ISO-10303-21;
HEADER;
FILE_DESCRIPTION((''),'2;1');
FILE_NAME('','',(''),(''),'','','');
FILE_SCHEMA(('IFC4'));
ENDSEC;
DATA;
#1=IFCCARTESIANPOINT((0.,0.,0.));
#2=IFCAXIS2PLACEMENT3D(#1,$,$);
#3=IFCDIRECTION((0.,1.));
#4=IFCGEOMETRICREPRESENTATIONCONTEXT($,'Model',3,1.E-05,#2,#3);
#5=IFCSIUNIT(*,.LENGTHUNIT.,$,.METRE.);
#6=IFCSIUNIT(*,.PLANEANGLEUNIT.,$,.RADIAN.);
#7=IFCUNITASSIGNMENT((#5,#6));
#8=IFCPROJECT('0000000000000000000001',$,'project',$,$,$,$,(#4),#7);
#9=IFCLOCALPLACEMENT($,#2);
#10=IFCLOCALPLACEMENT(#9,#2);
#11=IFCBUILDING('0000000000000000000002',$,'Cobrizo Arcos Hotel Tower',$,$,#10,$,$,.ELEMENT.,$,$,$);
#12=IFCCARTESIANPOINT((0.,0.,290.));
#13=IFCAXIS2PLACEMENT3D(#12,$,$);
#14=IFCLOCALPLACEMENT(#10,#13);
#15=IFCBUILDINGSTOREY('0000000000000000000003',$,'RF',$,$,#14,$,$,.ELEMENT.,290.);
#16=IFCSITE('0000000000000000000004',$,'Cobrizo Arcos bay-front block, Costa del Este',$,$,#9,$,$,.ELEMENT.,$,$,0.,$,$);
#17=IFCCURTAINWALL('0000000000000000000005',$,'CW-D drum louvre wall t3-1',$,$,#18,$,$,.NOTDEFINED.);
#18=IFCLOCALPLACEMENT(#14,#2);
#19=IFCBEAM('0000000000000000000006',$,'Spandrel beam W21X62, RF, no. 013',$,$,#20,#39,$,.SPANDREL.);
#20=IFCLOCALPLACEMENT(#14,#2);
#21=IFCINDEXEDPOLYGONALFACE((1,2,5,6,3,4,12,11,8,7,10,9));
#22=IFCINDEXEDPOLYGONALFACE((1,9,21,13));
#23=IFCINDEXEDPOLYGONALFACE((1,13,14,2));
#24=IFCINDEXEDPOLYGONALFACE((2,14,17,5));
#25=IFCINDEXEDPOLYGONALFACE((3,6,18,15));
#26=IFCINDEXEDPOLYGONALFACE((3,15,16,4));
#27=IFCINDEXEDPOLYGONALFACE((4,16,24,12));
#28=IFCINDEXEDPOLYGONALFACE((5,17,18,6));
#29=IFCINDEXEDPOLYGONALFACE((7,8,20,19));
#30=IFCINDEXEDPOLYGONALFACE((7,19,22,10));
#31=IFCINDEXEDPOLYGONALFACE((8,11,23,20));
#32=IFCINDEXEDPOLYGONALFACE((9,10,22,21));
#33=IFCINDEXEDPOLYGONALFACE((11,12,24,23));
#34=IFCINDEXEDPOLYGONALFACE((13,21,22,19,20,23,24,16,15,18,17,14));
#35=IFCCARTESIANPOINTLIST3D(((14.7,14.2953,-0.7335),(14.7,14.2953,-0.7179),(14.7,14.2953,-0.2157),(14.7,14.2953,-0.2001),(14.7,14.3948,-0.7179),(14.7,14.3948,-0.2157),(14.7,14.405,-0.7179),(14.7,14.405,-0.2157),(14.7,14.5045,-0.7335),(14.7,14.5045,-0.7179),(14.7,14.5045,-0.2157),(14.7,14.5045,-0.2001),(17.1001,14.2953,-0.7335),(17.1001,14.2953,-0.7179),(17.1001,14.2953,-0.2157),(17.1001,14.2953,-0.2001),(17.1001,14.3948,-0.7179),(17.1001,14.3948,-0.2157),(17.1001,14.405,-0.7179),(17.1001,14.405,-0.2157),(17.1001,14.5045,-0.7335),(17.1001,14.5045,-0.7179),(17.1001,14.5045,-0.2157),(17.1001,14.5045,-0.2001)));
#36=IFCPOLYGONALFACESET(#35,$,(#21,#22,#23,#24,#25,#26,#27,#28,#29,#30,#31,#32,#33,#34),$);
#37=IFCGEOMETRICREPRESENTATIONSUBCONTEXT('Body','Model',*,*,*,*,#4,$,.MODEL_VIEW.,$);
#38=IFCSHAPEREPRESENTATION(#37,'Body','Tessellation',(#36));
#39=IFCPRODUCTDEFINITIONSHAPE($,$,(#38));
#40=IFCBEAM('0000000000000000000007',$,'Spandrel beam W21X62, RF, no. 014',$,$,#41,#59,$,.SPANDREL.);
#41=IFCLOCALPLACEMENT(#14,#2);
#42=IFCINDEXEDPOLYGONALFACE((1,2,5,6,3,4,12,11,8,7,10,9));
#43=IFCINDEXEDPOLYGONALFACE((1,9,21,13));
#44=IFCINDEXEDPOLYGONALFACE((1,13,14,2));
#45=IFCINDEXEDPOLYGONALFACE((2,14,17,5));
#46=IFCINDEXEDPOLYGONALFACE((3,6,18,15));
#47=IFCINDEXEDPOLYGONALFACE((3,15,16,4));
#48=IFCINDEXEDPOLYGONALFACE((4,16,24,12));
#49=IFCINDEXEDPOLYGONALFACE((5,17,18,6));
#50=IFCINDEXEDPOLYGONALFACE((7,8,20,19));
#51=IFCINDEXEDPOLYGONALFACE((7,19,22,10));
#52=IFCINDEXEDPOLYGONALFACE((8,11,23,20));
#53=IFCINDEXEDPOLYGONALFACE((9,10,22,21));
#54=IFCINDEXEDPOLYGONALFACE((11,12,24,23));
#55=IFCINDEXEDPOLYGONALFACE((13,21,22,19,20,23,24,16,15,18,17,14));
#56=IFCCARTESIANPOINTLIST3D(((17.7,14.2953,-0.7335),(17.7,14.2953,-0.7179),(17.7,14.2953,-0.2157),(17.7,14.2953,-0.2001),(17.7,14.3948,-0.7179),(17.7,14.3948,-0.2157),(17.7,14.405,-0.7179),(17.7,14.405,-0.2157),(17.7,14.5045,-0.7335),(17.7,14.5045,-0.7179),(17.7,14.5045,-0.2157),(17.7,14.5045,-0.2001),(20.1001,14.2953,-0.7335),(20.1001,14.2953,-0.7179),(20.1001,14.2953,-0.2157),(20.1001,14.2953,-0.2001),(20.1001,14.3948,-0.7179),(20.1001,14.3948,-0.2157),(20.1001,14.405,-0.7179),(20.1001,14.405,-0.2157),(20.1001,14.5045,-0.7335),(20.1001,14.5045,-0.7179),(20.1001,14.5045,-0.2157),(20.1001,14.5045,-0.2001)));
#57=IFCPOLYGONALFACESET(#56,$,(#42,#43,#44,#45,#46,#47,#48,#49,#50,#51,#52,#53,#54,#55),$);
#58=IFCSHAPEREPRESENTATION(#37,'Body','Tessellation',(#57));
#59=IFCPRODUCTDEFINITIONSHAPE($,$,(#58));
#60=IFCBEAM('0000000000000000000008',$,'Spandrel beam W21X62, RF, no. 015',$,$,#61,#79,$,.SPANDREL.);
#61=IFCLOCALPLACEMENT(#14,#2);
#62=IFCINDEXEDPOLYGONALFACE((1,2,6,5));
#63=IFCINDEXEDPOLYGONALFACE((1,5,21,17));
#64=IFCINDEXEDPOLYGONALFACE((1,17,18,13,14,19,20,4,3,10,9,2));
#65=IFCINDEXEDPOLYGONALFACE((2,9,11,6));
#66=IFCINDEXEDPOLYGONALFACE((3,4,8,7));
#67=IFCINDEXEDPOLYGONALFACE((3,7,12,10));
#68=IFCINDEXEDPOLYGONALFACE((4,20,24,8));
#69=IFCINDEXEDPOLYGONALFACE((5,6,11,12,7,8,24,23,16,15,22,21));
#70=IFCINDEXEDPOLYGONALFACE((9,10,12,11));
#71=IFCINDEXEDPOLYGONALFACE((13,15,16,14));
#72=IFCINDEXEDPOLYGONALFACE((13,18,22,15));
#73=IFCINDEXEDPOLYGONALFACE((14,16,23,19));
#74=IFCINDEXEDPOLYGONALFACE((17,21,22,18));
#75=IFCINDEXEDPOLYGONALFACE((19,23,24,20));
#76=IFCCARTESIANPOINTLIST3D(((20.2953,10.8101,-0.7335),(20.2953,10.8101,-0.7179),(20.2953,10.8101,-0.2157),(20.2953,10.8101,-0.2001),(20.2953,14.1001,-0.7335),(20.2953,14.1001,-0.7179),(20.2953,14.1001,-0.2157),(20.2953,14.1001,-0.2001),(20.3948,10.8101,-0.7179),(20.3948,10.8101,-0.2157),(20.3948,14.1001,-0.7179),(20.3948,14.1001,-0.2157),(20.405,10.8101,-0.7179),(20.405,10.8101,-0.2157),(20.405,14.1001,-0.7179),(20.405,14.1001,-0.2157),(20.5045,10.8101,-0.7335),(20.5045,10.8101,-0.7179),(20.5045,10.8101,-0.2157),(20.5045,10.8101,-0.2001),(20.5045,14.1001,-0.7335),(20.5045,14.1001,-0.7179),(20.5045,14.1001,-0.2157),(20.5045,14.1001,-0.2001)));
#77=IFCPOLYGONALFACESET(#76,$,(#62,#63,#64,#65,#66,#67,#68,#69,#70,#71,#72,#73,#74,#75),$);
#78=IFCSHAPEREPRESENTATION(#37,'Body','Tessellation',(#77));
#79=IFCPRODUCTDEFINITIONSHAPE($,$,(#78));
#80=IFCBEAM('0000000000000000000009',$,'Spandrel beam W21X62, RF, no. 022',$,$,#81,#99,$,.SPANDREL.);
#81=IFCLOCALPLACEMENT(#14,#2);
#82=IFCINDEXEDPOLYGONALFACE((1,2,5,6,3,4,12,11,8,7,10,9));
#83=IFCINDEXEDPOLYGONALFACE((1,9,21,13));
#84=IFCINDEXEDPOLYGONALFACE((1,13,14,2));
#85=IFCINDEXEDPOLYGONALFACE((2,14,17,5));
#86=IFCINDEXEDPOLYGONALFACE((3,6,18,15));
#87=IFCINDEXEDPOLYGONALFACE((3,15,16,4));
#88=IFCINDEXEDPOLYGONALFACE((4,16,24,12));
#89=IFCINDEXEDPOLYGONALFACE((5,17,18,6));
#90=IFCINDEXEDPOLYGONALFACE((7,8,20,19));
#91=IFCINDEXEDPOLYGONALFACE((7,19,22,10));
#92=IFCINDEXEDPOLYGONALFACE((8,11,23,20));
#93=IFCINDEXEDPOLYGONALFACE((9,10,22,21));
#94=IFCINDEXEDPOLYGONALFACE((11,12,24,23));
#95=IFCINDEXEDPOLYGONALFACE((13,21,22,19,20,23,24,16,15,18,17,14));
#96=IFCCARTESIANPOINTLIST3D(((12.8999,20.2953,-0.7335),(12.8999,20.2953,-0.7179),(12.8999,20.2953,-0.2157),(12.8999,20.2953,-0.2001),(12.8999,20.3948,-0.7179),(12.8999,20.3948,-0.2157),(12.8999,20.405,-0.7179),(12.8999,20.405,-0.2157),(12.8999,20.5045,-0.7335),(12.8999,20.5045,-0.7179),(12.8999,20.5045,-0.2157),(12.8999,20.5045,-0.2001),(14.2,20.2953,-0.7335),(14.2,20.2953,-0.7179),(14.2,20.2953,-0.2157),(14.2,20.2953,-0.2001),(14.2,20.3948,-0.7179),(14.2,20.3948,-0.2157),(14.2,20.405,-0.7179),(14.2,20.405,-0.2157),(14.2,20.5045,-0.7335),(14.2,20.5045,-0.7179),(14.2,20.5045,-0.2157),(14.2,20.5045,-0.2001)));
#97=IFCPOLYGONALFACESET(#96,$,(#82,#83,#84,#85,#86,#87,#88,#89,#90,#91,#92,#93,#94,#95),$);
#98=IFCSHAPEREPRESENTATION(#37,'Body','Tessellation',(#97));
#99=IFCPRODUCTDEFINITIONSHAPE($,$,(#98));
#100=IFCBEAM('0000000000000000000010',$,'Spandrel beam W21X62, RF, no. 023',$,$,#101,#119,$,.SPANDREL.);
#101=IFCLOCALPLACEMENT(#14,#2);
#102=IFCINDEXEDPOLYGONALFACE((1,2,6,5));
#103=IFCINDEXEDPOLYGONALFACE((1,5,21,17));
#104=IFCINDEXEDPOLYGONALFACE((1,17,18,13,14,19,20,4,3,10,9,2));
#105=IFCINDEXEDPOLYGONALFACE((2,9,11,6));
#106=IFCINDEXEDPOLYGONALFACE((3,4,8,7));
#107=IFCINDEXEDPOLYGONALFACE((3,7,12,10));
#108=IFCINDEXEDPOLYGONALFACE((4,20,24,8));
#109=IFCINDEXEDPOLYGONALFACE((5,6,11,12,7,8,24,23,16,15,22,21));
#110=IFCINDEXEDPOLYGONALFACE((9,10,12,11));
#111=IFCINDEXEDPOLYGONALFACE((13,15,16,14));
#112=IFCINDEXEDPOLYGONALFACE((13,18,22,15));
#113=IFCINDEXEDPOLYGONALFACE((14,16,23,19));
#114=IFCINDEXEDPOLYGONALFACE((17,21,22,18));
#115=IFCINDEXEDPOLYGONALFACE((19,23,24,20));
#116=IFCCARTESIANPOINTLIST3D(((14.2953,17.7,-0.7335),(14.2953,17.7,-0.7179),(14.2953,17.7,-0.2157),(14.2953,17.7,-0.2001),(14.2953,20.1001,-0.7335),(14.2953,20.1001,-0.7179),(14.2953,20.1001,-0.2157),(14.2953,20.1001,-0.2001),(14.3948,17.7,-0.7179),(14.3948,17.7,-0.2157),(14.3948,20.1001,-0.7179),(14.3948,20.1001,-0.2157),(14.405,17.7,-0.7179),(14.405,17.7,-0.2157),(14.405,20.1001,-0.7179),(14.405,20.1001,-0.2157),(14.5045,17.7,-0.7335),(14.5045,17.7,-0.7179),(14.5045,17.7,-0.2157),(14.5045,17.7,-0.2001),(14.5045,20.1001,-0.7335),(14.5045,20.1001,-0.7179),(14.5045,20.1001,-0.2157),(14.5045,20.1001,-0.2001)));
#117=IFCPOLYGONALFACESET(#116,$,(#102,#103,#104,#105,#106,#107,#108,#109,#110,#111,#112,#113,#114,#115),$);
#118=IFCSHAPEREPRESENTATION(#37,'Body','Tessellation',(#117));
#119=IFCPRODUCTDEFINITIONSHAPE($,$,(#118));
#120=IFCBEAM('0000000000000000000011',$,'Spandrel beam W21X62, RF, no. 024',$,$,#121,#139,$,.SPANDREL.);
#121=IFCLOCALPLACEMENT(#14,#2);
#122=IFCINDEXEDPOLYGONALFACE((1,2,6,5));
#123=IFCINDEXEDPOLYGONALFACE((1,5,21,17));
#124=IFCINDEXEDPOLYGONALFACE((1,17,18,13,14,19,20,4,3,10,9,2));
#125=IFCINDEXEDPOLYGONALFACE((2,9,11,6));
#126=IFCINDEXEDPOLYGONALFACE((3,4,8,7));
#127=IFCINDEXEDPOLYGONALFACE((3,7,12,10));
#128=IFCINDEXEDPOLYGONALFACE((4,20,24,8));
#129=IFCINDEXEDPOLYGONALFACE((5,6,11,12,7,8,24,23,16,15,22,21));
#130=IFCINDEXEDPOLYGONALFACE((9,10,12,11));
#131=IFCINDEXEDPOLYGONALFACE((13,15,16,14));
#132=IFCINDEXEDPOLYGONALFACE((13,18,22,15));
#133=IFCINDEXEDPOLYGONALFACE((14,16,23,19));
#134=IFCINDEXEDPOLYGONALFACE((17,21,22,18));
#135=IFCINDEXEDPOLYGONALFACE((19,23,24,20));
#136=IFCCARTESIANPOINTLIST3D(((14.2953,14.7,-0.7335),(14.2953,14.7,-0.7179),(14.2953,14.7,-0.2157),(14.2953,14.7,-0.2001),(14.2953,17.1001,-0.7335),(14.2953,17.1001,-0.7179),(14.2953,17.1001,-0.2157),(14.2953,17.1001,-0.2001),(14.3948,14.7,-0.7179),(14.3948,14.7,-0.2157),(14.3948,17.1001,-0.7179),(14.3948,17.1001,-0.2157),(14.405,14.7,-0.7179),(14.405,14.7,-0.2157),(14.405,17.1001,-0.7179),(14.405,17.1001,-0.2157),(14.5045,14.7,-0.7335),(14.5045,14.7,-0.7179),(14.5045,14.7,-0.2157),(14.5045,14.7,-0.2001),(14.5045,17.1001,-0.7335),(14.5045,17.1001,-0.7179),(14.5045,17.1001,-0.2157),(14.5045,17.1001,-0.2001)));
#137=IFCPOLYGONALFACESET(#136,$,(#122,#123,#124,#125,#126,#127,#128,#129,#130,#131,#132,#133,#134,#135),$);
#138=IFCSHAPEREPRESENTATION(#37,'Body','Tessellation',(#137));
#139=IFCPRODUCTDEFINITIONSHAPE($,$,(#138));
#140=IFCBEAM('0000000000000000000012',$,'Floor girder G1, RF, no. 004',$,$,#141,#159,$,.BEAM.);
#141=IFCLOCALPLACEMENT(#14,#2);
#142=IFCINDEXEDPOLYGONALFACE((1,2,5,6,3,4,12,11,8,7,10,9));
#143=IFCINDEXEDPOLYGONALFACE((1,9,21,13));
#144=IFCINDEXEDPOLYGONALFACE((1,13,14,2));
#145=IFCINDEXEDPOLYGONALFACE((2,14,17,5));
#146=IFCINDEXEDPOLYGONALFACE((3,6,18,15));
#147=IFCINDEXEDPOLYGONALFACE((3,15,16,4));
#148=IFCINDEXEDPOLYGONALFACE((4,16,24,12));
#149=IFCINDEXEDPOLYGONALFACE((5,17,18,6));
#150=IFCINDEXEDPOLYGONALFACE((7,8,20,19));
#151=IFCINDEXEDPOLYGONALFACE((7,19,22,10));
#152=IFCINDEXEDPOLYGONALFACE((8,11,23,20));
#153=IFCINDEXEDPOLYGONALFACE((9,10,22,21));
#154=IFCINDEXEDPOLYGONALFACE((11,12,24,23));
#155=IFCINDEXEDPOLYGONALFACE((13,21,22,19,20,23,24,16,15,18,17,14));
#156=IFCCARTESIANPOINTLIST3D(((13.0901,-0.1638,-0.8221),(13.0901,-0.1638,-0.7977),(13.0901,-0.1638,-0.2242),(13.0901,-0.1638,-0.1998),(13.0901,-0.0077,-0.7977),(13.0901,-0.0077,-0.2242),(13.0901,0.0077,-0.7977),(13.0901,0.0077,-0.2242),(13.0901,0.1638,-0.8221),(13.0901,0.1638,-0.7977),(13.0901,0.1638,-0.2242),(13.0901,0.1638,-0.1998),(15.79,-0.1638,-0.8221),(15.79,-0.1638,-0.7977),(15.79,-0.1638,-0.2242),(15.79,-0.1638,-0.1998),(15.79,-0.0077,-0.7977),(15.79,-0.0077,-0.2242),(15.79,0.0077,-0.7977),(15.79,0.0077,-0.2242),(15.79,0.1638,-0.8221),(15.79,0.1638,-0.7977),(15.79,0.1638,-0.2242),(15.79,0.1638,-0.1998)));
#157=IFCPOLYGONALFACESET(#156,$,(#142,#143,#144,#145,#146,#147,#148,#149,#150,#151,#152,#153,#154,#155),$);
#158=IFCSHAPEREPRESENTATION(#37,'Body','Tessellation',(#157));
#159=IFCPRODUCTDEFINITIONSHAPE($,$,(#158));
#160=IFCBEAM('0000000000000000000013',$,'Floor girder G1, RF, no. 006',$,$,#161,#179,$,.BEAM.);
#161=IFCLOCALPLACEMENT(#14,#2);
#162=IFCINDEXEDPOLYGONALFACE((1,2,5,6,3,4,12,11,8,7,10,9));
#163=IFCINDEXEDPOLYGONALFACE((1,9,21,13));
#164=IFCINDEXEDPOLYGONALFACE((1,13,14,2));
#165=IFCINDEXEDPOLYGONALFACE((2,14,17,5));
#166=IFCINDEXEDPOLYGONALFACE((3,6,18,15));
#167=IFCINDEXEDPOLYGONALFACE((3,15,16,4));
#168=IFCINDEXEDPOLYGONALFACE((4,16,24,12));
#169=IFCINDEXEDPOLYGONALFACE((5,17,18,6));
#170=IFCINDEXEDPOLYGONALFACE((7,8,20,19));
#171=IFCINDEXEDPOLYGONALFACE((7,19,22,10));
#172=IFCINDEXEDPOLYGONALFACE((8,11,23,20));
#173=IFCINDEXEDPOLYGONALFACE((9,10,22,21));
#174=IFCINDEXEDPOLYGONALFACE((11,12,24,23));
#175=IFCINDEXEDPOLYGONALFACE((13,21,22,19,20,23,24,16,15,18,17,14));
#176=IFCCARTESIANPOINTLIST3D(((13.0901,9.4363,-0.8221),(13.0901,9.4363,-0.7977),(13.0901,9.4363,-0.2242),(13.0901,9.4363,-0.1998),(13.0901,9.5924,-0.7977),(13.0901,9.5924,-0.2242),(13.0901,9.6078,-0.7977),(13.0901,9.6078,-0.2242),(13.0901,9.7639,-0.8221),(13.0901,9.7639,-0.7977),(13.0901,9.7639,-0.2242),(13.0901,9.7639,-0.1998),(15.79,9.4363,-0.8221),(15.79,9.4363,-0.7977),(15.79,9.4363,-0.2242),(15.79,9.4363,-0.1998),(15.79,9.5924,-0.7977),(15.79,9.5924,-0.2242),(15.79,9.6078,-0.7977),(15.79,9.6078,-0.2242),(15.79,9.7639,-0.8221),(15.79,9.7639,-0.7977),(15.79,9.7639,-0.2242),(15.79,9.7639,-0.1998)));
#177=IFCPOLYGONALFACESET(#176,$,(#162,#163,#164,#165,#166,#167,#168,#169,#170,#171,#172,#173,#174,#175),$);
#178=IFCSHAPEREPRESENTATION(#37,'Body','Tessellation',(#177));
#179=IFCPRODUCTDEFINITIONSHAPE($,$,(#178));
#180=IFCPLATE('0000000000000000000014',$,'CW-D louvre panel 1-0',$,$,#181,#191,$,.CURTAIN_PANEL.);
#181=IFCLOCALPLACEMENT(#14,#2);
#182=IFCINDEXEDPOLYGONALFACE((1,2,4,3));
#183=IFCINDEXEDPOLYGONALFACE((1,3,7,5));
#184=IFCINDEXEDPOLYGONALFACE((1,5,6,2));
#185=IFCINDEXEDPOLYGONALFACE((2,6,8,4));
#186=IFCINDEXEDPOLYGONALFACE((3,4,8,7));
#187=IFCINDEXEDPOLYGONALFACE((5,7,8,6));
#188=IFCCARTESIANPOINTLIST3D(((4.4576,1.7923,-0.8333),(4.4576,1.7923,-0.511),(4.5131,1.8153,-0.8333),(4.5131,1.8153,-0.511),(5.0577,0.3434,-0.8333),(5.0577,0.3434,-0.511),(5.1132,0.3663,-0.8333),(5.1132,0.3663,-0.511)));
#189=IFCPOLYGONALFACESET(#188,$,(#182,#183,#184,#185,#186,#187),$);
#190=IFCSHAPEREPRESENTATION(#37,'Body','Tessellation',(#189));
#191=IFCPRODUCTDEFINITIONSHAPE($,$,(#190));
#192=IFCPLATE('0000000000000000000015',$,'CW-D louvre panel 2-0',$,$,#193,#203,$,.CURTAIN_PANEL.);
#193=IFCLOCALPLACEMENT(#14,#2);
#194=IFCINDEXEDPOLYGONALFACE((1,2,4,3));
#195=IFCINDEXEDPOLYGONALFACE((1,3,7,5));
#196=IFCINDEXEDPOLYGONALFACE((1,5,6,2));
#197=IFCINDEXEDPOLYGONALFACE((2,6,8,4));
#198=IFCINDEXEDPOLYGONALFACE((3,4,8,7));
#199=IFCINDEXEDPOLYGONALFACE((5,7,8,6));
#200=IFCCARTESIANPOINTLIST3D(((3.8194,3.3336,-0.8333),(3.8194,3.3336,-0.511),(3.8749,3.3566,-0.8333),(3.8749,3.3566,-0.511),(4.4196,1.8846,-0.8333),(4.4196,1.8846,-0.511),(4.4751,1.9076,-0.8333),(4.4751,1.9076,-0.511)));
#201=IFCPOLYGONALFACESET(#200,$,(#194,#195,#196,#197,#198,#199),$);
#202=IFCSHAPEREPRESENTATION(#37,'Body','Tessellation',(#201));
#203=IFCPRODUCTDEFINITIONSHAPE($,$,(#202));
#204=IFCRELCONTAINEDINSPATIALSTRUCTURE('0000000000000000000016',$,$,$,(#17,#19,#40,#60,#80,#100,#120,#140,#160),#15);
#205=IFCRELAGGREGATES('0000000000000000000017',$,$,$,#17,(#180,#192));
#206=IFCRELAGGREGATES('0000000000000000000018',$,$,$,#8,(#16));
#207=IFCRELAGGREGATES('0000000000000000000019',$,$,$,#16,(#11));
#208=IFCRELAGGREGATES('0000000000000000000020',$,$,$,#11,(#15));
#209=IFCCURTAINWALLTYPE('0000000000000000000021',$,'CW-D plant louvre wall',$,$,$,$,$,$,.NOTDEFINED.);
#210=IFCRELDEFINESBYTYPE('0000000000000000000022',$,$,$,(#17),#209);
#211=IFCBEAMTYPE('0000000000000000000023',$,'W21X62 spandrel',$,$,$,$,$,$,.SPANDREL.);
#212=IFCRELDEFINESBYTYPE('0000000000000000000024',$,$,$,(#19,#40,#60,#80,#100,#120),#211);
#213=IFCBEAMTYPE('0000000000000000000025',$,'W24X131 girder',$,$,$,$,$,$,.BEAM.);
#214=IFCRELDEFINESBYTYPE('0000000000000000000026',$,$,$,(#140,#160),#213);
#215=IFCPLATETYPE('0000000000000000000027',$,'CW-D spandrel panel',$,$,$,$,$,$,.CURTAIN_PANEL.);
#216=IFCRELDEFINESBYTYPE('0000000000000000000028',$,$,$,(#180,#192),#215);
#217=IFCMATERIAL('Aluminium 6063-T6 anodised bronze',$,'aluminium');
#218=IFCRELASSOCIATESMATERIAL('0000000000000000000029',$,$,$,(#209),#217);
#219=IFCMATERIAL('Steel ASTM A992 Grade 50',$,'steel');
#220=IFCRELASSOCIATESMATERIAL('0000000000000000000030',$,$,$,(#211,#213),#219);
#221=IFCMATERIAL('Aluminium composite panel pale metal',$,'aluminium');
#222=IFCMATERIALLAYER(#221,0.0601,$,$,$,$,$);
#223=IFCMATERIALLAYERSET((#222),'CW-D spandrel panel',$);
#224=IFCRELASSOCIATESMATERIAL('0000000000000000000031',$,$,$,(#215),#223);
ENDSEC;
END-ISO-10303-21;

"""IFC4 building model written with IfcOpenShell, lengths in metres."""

from ifc_helpers import new_model, si_unit, direction, frame, origin, origin_2d, place, context, subcontext, project, spatial, rectangle, i_section, extrude, material, layer, layer_set, material_profile, profile_set, type_object, element, aggregate, save


model = new_model("IFC4")

# Units and contexts
model_context = context("Model", 3, precision=1e-05, world=origin(), true_north=direction((0.0, 1.0)))
body_context = subcontext(model_context, "Body", "Model", "MODEL_VIEW")
ifc_project = project(units=[si_unit("LENGTHUNIT", "METRE"), si_unit("PLANEANGLEUNIT", "RADIAN")], contexts=[model_context])

# Site, building, storey
site_placement = place(None, origin())
site = spatial("IfcSite", under=ifc_project, at=site_placement, Name="Cobrizo Arcos bay-front block, Costa del Este", CompositionType="ELEMENT", RefElevation=0.0)
building_placement = place(site_placement, origin())
building = spatial("IfcBuilding", under=site, at=building_placement, Name="Cobrizo Arcos Hotel Tower", CompositionType="ELEMENT")
storey_placement = place(building_placement, frame((0.0, 0.0, 290.0)))
storey = spatial("IfcBuildingStorey", under=building, at=storey_placement, Name="RF", CompositionType="ELEMENT", Elevation=290.0)

# Curtain wall
ifc_material_1 = material(Name="Aluminium 6063-T6 anodised bronze", Category="aluminium")
curtain_wall_type = type_object("IfcCurtainWallType", Name="CW-D plant louvre wall", PredefinedType="NOTDEFINED", material=ifc_material_1)
curtain_wall_1_placement = place(storey_placement, origin())
curtain_wall_1 = element("IfcCurtainWall", 1, at=curtain_wall_1_placement, inside=storey, type_object=curtain_wall_type, Name="CW-D drum louvre wall t3-1", PredefinedType="NOTDEFINED")

# Beams
ifc_material_2 = material(Name="Steel ASTM A992 Grade 50", Category="steel")
ifc_material_profile_1 = material_profile(ifc_material_2, i_section(OverallWidth=0.2092, OverallDepth=0.5334, WebThickness=0.0103, FlangeThickness=0.0156, at=origin_2d()), Name="W21X62")
ifc_profile_set_1 = profile_set([ifc_material_profile_1], Name="Steel ASTM A992 Grade 50")
beam_type_1 = type_object("IfcBeamType", Name="W21X62 spandrel", PredefinedType="SPANDREL", material=ifc_profile_set_1)
for number, where, z_axis, x_axis, name in (
    (2, (14.7, 14.3999, -0.4668), (1.0, 0.0, 0.0), (0.0, 1.0, 0.0), "Spandrel beam W21X62, RF, no. 013"),
    (3, (17.7, 14.3999, -0.4668), (1.0, 0.0, 0.0), (0.0, 1.0, 0.0), "Spandrel beam W21X62, RF, no. 014"),
):
    element("IfcBeam", number, at=place(storey_placement, frame(where, z_axis=z_axis, x_axis=x_axis)), inside=storey, type_object=beam_type_1, Name=name, PredefinedType="SPANDREL", context=body_context, shape_type="SweptSolid", body=[
        extrude(i_section(OverallWidth=0.2092, OverallDepth=0.5334, WebThickness=0.0103, FlangeThickness=0.0156, at=origin_2d()), origin(), (0.0, 0.0, 1.0), 2.4001),
    ])
beam_1_placement = place(storey_placement, frame((20.3999, 14.1001, -0.4668), z_axis=(0.0, -1.0, 0.0), x_axis=(1.0, 0.0, 0.0)))
element("IfcBeam", 4, at=beam_1_placement, inside=storey, type_object=beam_type_1, Name="Spandrel beam W21X62, RF, no. 015", PredefinedType="SPANDREL", context=body_context, shape_type="SweptSolid", body=[
    extrude(i_section(OverallWidth=0.2092, OverallDepth=0.5334, WebThickness=0.0103, FlangeThickness=0.0156, at=origin_2d()), origin(), (0.0, 0.0, 1.0), 3.29),
])
beam_2_placement = place(storey_placement, frame((12.8999, 20.3999, -0.4668), z_axis=(1.0, 0.0, 0.0), x_axis=(0.0, 1.0, 0.0)))
element("IfcBeam", 5, at=beam_2_placement, inside=storey, type_object=beam_type_1, Name="Spandrel beam W21X62, RF, no. 022", PredefinedType="SPANDREL", context=body_context, shape_type="SweptSolid", body=[
    extrude(i_section(OverallWidth=0.2092, OverallDepth=0.5334, WebThickness=0.0103, FlangeThickness=0.0156, at=origin_2d()), origin(), (0.0, 0.0, 1.0), 1.3),
])
for number, where, z_axis, x_axis, name in (
    (6, (14.3999, 20.1001, -0.4668), (0.0, -1.0, 0.0), (1.0, 0.0, 0.0), "Spandrel beam W21X62, RF, no. 023"),
    (7, (14.3999, 17.1001, -0.4668), (0.0, -1.0, 0.0), (1.0, 0.0, 0.0), "Spandrel beam W21X62, RF, no. 024"),
):
    element("IfcBeam", number, at=place(storey_placement, frame(where, z_axis=z_axis, x_axis=x_axis)), inside=storey, type_object=beam_type_1, Name=name, PredefinedType="SPANDREL", context=body_context, shape_type="SweptSolid", body=[
        extrude(i_section(OverallWidth=0.2092, OverallDepth=0.5334, WebThickness=0.0103, FlangeThickness=0.0156, at=origin_2d()), origin(), (0.0, 0.0, 1.0), 2.4001),
    ])
ifc_material_profile_2 = material_profile(ifc_material_2, i_section(OverallWidth=0.3276, OverallDepth=0.6223, WebThickness=0.0154, FlangeThickness=0.0244, at=origin_2d()), Name="W24X131")
ifc_profile_set_2 = profile_set([ifc_material_profile_2], Name="Steel ASTM A992 Grade 50")
beam_type_2 = type_object("IfcBeamType", Name="W24X131 girder", PredefinedType="BEAM", material=ifc_profile_set_2)
for number, where, z_axis, x_axis, name in (
    (8, (13.0901, 0.0, -0.511), (1.0, 0.0, 0.0), (0.0, 1.0, 0.0), "Floor girder G1, RF, no. 004"),
    (9, (13.0901, 9.6001, -0.511), (1.0, 0.0, 0.0), (0.0, 1.0, 0.0), "Floor girder G1, RF, no. 006"),
):
    element("IfcBeam", number, at=place(storey_placement, frame(where, z_axis=z_axis, x_axis=x_axis)), inside=storey, type_object=beam_type_2, Name=name, PredefinedType="BEAM", context=body_context, shape_type="SweptSolid", body=[
        extrude(i_section(OverallWidth=0.3276, OverallDepth=0.6223, WebThickness=0.0154, FlangeThickness=0.0244, at=origin_2d()), origin(), (0.0, 0.0, 1.0), 2.7),
    ])

# Plates
ifc_material_3 = material(Name="Aluminium composite panel pale metal", Category="aluminium")
ifc_layer_1 = layer(ifc_material_3, 0.0601)
ifc_layer_set_1 = layer_set([ifc_layer_1], Name="CW-D spandrel panel")
plate_type_1 = type_object("IfcPlateType", Name="CW-D spandrel panel", PredefinedType="CURTAIN_PANEL", material=ifc_layer_set_1)
plate_1_placement = place(storey_placement, frame((4.7854, 1.0793, -0.8333), z_axis=(0.0, 0.0, 1.0), x_axis=(-0.382683, 0.92388, 0.0)))
plate_1 = element("IfcPlate", 10, at=plate_1_placement, type_object=plate_type_1, Name="CW-D louvre panel 1-0", PredefinedType="CURTAIN_PANEL", context=body_context, shape_type="SweptSolid", body=[
    extrude(rectangle(XDim=1.5684, YDim=0.0601, at=origin_2d()), origin(), (0.0, 0.0, 1.0), 0.3223),
])
plate_2_placement = place(storey_placement, frame((4.1472, 2.6206, -0.8333), z_axis=(0.0, 0.0, 1.0), x_axis=(-0.382683, 0.92388, 0.0)))
plate_2 = element("IfcPlate", 11, at=plate_2_placement, type_object=plate_type_1, Name="CW-D louvre panel 2-0", PredefinedType="CURTAIN_PANEL", context=body_context, shape_type="SweptSolid", body=[
    extrude(rectangle(XDim=1.5684, YDim=0.0601, at=origin_2d()), origin(), (0.0, 0.0, 1.0), 0.3223),
])
aggregate(curtain_wall_1, [plate_1, plate_2])

save(model, "model.ifc")
